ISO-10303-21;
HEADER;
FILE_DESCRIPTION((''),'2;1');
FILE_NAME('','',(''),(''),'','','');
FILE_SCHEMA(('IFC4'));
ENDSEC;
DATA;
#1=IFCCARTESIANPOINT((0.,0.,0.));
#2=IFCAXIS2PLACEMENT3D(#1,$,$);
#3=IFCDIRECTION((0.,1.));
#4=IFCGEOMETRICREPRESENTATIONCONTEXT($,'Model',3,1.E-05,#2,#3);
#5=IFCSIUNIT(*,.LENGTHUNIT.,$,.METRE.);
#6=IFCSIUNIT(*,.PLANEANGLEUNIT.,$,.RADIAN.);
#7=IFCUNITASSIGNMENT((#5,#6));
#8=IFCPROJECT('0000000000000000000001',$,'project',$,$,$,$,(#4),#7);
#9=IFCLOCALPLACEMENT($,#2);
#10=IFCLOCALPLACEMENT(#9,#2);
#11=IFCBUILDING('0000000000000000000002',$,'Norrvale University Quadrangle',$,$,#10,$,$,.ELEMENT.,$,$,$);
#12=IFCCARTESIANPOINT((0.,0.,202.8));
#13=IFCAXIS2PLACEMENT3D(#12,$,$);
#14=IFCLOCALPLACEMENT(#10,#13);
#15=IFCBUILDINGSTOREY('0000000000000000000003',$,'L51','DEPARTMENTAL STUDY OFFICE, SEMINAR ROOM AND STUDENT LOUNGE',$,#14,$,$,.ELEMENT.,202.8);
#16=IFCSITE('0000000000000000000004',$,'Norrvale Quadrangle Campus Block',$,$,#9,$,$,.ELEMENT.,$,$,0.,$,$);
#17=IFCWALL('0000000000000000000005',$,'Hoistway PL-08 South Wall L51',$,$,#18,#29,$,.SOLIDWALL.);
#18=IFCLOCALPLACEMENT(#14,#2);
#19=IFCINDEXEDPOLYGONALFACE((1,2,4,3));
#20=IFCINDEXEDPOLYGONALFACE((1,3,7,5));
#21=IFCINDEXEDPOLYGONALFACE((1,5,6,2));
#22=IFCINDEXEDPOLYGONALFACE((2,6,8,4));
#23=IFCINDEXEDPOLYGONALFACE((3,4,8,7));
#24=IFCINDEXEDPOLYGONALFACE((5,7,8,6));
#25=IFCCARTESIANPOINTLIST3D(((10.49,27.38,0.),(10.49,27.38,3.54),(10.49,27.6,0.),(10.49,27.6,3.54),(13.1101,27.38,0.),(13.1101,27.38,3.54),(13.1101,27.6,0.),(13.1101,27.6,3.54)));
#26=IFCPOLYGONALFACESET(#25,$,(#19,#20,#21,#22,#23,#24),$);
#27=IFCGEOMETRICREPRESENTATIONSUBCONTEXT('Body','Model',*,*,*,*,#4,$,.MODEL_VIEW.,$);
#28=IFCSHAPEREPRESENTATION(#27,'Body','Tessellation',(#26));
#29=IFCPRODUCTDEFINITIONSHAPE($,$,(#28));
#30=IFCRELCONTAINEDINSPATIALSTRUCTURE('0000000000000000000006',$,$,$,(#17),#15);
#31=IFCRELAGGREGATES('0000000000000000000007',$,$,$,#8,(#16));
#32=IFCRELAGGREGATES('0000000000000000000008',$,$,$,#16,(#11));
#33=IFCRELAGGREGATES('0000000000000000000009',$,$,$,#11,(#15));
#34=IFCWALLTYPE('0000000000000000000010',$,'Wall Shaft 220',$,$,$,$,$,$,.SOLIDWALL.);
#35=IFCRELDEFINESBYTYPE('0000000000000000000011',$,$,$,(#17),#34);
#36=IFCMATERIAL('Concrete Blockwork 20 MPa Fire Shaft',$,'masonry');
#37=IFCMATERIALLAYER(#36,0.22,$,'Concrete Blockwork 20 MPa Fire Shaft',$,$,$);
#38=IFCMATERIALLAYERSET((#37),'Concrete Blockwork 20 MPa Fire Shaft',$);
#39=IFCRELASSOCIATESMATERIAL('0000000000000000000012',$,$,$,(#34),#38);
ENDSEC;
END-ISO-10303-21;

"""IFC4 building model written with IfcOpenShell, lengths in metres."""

from ifc_helpers import new_model, si_unit, direction, frame, frame_2d, origin, place, context, subcontext, project, spatial, rectangle, extrude, material, layer, layer_set, type_object, element, save


model = new_model("IFC4")

# Units and contexts
model_context = context("Model", 3, precision=1e-05, world=origin(), true_north=direction((0.0, 1.0)))
body_context = subcontext(model_context, "Body", "Model", "MODEL_VIEW")
ifc_project = project(units=[si_unit("LENGTHUNIT", "METRE"), si_unit("PLANEANGLEUNIT", "RADIAN")], contexts=[model_context])

# Site, building, storey
site_placement = place(None, origin())
site = spatial("IfcSite", under=ifc_project, at=site_placement, Name="Norrvale Quadrangle Campus Block", CompositionType="ELEMENT", RefElevation=0.0)
building_placement = place(site_placement, origin())
building = spatial("IfcBuilding", under=site, at=building_placement, Name="Norrvale University Quadrangle", CompositionType="ELEMENT")
storey_placement = place(building_placement, frame((0.0, 0.0, 202.8)))
storey = spatial("IfcBuildingStorey", under=building, at=storey_placement, Name="L51", Description="DEPARTMENTAL STUDY OFFICE, SEMINAR ROOM AND STUDENT LOUNGE", CompositionType="ELEMENT", Elevation=202.8)

# Shared definitions
ifc_material_1 = material(Name="Concrete Blockwork 20 MPa Fire Shaft", Category="masonry")
ifc_layer_1 = layer(ifc_material_1, 0.22, Name="Concrete Blockwork 20 MPa Fire Shaft")
ifc_layer_set_1 = layer_set([ifc_layer_1], Name="Concrete Blockwork 20 MPa Fire Shaft")
wall_type_1 = type_object("IfcWallType", Name="Wall Shaft 220", PredefinedType="SOLIDWALL", material=ifc_layer_set_1)

# Wall
wall_1_placement = place(storey_placement, frame((10.49, 27.49, 0.0), z_axis=(0.0, 0.0, 1.0), x_axis=(1.0, 0.0, 0.0)))
element("IfcWall", 1, at=wall_1_placement, inside=storey, type_object=wall_type_1, Name="Hoistway PL-08 South Wall L51", PredefinedType="SOLIDWALL", context=body_context, shape_type="SweptSolid", body=[
    extrude(rectangle(XDim=2.6201, YDim=0.22, at=frame_2d((1.3101, 0.0))), origin(), (0.0, 0.0, 1.0), 3.54),
])

save(model, "model.ifc")
